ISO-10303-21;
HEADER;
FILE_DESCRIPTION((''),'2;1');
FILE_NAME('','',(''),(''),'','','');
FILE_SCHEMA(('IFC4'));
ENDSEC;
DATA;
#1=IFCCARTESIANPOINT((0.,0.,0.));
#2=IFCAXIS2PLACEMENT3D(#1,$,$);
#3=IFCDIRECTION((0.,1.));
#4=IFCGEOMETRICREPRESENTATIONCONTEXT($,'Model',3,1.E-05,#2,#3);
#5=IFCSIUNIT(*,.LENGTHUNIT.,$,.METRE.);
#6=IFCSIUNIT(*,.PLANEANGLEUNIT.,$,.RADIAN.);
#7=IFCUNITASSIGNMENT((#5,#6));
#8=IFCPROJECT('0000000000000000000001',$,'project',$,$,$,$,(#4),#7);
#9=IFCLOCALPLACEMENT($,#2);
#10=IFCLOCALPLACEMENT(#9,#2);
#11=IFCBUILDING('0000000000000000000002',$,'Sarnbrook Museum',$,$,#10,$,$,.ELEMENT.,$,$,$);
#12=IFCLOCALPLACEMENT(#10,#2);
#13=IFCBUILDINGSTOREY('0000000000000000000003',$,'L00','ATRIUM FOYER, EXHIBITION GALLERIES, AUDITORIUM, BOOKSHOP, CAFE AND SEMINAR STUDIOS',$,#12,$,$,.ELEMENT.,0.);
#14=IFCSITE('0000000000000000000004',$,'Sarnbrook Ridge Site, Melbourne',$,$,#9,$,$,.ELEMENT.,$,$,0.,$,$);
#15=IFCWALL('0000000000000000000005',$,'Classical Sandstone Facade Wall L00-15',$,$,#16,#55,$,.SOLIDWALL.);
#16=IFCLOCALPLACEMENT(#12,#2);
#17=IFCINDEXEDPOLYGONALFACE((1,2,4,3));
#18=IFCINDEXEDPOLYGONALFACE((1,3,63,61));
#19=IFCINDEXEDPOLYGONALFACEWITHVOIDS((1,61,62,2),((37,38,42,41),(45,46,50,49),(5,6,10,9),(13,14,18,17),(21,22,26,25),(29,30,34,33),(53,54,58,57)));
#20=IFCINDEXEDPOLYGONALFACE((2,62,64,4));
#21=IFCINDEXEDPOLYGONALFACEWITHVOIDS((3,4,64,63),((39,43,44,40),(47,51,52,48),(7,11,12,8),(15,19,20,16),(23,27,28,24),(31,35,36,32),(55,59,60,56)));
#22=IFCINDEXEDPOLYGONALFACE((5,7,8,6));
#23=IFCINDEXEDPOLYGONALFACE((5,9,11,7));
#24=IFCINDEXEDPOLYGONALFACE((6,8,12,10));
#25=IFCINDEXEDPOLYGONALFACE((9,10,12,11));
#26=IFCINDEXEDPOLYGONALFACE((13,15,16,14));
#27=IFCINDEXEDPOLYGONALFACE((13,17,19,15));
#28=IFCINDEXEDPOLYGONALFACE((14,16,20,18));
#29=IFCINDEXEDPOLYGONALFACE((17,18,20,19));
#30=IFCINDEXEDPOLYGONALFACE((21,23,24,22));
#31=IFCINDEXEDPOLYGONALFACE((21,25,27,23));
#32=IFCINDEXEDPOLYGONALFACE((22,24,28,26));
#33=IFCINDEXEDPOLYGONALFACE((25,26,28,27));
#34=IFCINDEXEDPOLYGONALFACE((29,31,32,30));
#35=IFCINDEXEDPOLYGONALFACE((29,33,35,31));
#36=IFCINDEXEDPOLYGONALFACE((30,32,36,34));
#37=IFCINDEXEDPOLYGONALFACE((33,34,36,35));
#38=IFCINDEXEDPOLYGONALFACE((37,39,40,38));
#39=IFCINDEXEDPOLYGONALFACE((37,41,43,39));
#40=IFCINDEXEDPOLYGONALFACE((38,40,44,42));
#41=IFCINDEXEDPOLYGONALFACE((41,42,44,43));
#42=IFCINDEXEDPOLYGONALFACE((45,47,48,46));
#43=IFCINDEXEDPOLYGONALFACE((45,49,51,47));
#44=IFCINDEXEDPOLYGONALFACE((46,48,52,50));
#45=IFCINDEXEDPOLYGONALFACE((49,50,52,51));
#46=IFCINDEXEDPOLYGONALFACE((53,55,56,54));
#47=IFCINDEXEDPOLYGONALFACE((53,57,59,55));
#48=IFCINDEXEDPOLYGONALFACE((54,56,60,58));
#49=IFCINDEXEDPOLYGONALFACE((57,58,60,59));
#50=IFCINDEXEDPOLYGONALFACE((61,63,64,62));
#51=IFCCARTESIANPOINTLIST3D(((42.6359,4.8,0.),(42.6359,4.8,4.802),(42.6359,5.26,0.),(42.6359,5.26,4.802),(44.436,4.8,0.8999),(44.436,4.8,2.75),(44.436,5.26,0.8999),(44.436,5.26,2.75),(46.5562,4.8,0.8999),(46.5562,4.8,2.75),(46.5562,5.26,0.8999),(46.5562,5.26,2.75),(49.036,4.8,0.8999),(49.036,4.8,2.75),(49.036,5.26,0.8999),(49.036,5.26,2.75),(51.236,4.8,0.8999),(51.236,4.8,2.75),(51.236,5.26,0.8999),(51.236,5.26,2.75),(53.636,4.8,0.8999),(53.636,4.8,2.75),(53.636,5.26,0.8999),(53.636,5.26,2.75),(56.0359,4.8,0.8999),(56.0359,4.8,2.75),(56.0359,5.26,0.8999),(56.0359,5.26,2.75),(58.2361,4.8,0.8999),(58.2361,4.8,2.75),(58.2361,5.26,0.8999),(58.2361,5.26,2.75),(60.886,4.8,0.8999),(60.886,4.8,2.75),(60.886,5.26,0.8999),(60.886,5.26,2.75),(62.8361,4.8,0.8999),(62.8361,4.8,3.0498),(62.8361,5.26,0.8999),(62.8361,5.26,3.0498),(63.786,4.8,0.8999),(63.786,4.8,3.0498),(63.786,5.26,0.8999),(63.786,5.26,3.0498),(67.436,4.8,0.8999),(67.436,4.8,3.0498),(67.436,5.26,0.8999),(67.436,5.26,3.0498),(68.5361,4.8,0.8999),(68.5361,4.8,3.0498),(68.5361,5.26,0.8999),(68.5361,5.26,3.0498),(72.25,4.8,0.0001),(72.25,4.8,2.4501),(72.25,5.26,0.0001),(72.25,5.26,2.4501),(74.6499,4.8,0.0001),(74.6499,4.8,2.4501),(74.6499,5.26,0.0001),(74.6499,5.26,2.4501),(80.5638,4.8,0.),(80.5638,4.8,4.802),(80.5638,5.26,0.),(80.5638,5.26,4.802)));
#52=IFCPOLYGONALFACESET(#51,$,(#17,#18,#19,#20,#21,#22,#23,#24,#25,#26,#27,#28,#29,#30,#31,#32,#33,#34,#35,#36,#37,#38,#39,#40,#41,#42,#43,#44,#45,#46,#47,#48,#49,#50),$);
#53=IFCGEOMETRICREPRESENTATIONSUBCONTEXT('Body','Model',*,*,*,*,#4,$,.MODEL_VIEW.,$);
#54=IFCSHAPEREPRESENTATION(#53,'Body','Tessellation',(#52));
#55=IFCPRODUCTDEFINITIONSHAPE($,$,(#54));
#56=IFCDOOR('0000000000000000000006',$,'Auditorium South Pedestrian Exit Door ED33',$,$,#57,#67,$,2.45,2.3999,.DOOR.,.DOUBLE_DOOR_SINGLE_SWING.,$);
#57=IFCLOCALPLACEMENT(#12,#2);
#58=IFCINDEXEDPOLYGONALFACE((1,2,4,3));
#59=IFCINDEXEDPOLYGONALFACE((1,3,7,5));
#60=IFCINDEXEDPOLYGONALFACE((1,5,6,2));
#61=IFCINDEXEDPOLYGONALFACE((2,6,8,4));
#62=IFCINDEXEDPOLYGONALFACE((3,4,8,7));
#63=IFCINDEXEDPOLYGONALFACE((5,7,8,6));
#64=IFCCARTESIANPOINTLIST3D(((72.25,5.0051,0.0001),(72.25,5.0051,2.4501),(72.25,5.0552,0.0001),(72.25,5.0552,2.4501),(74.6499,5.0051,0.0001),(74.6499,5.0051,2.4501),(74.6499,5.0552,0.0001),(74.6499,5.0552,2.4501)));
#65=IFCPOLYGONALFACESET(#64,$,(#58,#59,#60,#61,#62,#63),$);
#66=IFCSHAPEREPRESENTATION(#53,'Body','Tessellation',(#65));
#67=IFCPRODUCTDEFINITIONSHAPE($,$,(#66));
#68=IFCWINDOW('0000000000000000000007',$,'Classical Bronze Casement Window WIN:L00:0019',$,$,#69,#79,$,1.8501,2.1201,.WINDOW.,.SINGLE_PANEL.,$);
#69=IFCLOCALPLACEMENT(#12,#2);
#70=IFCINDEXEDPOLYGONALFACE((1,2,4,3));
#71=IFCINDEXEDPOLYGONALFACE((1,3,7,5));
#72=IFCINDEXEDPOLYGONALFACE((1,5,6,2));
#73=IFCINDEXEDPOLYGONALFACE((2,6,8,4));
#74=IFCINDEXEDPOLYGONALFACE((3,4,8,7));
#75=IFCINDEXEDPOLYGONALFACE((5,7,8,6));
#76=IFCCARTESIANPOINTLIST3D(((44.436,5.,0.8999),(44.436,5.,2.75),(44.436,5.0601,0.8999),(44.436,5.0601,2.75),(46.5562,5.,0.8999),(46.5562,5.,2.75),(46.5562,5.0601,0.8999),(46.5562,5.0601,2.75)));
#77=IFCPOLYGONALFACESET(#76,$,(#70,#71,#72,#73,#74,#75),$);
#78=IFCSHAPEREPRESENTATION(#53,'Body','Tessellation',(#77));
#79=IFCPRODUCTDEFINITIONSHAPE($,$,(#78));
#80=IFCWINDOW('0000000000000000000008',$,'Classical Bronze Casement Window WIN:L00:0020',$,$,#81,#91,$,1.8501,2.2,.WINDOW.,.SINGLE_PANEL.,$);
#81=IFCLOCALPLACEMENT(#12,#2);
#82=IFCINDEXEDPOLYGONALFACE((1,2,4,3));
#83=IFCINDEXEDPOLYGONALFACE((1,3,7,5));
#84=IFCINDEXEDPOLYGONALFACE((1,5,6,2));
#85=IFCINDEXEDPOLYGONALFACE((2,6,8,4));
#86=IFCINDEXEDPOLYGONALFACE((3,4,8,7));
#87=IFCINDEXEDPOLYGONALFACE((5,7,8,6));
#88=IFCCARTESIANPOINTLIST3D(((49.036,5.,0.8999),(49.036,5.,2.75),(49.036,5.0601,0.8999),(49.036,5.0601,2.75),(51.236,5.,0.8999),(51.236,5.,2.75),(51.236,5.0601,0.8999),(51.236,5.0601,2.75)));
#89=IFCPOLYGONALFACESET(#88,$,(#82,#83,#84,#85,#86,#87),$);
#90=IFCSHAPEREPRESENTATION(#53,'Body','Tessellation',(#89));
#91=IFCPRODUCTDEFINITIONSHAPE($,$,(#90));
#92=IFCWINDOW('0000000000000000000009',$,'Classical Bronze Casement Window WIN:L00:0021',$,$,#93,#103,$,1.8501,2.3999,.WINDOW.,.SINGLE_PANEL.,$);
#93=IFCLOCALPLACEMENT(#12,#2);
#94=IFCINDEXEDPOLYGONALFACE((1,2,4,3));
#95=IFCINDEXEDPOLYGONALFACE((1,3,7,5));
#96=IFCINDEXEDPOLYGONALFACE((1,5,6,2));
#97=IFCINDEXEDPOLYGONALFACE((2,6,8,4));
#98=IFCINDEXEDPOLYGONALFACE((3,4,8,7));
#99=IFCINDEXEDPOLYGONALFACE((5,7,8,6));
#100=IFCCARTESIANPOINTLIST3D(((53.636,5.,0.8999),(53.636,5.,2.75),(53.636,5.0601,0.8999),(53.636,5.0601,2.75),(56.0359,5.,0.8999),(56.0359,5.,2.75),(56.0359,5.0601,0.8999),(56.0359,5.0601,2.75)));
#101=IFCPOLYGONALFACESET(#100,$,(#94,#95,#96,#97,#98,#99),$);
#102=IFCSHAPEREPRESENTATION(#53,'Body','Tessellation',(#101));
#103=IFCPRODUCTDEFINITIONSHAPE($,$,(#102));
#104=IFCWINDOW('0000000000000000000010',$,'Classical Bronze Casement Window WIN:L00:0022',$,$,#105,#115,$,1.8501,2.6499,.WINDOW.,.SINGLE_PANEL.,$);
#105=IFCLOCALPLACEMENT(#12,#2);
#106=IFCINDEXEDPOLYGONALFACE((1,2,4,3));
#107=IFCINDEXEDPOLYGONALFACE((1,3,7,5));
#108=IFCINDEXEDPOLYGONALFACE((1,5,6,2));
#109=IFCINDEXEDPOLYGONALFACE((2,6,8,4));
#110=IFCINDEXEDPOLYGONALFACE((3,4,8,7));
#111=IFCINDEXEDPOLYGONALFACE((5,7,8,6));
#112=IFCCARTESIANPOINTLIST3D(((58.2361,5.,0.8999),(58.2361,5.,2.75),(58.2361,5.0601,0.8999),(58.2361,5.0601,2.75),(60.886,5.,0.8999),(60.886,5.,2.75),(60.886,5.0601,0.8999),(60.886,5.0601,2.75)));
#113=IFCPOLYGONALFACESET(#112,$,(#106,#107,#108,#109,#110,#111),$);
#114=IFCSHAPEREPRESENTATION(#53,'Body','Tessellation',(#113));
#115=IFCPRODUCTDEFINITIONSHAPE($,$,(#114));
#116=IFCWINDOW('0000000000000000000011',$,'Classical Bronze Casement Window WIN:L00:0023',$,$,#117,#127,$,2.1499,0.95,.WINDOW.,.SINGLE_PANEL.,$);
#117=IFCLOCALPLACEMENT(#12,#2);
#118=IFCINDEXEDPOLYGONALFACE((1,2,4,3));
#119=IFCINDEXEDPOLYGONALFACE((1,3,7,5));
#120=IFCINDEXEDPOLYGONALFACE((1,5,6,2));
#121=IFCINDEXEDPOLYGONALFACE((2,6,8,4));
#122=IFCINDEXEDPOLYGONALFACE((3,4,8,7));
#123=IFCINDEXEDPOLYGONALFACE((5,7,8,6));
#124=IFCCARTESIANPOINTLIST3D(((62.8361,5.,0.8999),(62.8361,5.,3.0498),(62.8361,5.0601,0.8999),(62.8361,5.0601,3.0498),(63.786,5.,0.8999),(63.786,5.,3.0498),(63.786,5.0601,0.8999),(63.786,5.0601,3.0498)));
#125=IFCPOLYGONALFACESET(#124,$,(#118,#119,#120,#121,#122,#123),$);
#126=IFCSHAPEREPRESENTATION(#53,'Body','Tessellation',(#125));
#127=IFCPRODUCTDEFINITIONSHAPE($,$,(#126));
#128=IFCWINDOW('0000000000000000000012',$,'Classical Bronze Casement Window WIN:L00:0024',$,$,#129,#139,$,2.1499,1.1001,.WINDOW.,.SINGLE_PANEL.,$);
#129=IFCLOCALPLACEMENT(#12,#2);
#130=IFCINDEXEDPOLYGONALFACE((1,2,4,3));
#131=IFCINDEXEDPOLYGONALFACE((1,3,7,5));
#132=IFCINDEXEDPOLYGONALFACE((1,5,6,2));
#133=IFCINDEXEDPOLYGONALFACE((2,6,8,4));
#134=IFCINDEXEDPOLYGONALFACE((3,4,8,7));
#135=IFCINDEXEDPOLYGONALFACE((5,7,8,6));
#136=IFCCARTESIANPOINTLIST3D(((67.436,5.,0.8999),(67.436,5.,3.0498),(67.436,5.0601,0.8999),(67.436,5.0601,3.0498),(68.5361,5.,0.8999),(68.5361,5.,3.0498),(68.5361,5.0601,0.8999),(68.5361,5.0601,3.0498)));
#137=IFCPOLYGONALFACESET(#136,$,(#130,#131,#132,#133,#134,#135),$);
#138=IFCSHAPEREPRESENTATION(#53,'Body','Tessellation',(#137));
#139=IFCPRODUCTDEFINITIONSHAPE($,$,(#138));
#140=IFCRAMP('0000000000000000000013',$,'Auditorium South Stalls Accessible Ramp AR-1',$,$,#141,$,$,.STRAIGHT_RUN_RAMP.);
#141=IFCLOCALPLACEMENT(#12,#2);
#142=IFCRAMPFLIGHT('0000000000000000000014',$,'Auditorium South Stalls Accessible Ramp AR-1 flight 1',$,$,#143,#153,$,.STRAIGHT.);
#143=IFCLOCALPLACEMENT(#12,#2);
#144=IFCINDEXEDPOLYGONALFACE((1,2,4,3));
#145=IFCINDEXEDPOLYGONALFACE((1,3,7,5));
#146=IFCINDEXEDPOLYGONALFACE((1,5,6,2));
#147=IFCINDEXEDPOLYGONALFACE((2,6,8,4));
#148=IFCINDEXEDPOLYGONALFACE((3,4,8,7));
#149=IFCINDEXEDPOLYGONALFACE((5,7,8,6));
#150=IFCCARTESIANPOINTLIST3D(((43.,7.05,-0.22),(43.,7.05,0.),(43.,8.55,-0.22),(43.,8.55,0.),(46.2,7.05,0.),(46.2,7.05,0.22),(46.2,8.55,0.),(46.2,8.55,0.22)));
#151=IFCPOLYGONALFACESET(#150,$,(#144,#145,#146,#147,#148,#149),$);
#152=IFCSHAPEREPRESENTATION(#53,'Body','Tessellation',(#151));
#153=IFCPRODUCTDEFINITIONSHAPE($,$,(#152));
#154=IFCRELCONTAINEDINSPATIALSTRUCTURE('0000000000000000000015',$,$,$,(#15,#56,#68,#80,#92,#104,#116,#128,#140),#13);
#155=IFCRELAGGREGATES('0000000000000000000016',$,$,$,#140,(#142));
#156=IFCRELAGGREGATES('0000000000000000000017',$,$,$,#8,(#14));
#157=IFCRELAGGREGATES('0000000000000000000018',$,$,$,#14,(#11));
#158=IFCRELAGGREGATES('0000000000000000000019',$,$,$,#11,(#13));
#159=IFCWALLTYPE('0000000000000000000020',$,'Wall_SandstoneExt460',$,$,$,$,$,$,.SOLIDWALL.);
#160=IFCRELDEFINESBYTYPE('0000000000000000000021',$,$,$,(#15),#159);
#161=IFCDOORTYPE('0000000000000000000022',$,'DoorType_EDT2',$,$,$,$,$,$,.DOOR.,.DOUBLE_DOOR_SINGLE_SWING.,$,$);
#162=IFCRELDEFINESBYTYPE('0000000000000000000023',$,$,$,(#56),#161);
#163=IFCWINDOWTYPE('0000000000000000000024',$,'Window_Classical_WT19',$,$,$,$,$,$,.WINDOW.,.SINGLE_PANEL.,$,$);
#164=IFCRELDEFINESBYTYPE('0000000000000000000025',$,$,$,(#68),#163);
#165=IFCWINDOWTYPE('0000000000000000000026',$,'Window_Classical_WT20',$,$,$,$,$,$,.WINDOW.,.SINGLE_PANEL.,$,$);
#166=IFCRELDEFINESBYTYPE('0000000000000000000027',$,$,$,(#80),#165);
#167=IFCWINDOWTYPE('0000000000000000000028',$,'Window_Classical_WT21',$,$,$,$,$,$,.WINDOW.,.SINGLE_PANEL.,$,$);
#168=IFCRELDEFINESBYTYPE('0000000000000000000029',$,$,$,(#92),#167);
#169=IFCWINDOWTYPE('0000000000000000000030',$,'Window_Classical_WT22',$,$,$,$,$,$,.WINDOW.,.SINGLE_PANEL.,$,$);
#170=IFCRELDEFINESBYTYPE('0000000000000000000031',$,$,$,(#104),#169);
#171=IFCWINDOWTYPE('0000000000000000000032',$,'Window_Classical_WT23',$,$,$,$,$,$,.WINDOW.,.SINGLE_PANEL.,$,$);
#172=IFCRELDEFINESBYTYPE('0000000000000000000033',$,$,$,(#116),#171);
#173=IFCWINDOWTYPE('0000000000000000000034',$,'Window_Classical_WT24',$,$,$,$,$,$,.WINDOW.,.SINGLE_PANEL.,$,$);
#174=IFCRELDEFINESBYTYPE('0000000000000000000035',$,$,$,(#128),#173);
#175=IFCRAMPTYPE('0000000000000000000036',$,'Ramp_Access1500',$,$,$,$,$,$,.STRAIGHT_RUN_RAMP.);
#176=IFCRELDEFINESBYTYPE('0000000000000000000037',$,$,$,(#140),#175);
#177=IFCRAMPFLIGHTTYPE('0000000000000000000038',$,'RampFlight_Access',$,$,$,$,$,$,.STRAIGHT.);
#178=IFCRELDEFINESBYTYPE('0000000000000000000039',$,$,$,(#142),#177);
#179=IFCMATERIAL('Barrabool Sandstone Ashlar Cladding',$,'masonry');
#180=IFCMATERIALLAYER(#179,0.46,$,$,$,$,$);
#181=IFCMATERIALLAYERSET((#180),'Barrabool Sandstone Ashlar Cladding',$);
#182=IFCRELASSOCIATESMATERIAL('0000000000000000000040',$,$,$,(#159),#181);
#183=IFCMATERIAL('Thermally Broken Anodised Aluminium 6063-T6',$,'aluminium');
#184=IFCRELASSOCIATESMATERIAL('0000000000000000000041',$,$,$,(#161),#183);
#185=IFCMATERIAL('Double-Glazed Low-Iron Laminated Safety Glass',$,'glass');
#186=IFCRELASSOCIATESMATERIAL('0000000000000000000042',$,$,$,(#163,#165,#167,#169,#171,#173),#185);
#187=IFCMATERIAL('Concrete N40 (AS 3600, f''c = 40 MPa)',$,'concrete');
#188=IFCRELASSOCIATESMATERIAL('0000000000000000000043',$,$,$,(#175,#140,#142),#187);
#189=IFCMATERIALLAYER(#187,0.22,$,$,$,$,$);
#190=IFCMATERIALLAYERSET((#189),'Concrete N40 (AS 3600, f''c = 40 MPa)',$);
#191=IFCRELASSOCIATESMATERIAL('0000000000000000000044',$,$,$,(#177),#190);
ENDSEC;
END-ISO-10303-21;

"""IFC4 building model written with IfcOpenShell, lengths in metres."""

from ifc_helpers import new_model, si_unit, direction, frame, frame_2d, origin, place, context, subcontext, project, spatial, polyline, rectangle, outline, extrude, material, layer, layer_set, type_object, element, fill, aggregate, save


model = new_model("IFC4")

# Units and contexts
model_context = context("Model", 3, precision=1e-05, world=origin(), true_north=direction((0.0, 1.0)))
body_context = subcontext(model_context, "Body", "Model", "MODEL_VIEW")
ifc_project = project(units=[si_unit("LENGTHUNIT", "METRE"), si_unit("PLANEANGLEUNIT", "RADIAN")], contexts=[model_context])

# Site, building, storey
site_placement = place(None, origin())
site = spatial("IfcSite", under=ifc_project, at=site_placement, Name="Sarnbrook Ridge Site, Melbourne", CompositionType="ELEMENT", RefElevation=0.0)
building_placement = place(site_placement, origin())
building = spatial("IfcBuilding", under=site, at=building_placement, Name="Sarnbrook Museum", CompositionType="ELEMENT")
storey_placement = place(building_placement, origin())
storey = spatial("IfcBuildingStorey", under=building, at=storey_placement, Name="L00", Description="ATRIUM FOYER, EXHIBITION GALLERIES, AUDITORIUM, BOOKSHOP, CAFE AND SEMINAR STUDIOS", CompositionType="ELEMENT", Elevation=0.0)

# Wall, openings, door, windows
ifc_material_1 = material(Name="Barrabool Sandstone Ashlar Cladding", Category="masonry")
ifc_layer_1 = layer(ifc_material_1, 0.46)
ifc_layer_set_1 = layer_set([ifc_layer_1], Name="Barrabool Sandstone Ashlar Cladding")
wall_type_1 = type_object("IfcWallType", Name="Wall_SandstoneExt460", PredefinedType="SOLIDWALL", material=ifc_layer_set_1)
wall_1_placement = place(storey_placement, frame((42.636, 5.03, 0.0), z_axis=(0.0, 0.0, 1.0), x_axis=(1.0, 0.0, 0.0)))
wall_1 = element("IfcWall", 1, at=wall_1_placement, inside=storey, type_object=wall_type_1, Name="Classical Sandstone Facade Wall L00-15", PredefinedType="SOLIDWALL", context=body_context, shape_type="SweptSolid", body=[
    extrude(rectangle(XDim=37.928, YDim=0.46, at=frame_2d((18.9639, 0.0))), origin(), (0.0, 0.0, 1.0), 4.802),
])
opening_1_placement = place(wall_1_placement, frame((29.614, 0.0, 0.0)))
opening_1 = element("IfcOpeningElement", 2, at=opening_1_placement, cuts=wall_1, PredefinedType="OPENING", context=body_context, shape_type="SweptSolid", body=[
    extrude(rectangle(XDim=2.3999, YDim=2.45, at=frame_2d((1.2, 1.2251))), frame((0.0, 0.24, 0.0), z_axis=(0.0, -1.0, 0.0), x_axis=(1.0, 0.0, 0.0)), (0.0, 0.0, 1.0), 0.48),
])
opening_2_placement = place(wall_1_placement, frame((1.8, 0.0, 0.8999)))
opening_2 = element("IfcOpeningElement", 3, at=opening_2_placement, cuts=wall_1, PredefinedType="OPENING", context=body_context, shape_type="SweptSolid", body=[
    extrude(rectangle(XDim=2.1201, YDim=1.8501, at=frame_2d((1.0601, 0.925))), frame((0.0, 0.24, 0.0), z_axis=(0.0, -1.0, 0.0), x_axis=(1.0, 0.0, 0.0)), (0.0, 0.0, 1.0), 0.48),
])
opening_3_placement = place(wall_1_placement, frame((6.3999, 0.0, 0.8999)))
opening_3 = element("IfcOpeningElement", 4, at=opening_3_placement, cuts=wall_1, PredefinedType="OPENING", context=body_context, shape_type="SweptSolid", body=[
    extrude(rectangle(XDim=2.2, YDim=1.8501, at=frame_2d((1.1001, 0.925))), frame((0.0, 0.24, 0.0), z_axis=(0.0, -1.0, 0.0), x_axis=(1.0, 0.0, 0.0)), (0.0, 0.0, 1.0), 0.48),
])
opening_4_placement = place(wall_1_placement, frame((11.0, 0.0, 0.8999)))
opening_4 = element("IfcOpeningElement", 5, at=opening_4_placement, cuts=wall_1, PredefinedType="OPENING", context=body_context, shape_type="SweptSolid", body=[
    extrude(rectangle(XDim=2.3999, YDim=1.8501, at=frame_2d((1.2, 0.925))), frame((0.0, 0.24, 0.0), z_axis=(0.0, -1.0, 0.0), x_axis=(1.0, 0.0, 0.0)), (0.0, 0.0, 1.0), 0.48),
])
opening_5_placement = place(wall_1_placement, frame((15.6001, 0.0, 0.8999)))
opening_5 = element("IfcOpeningElement", 6, at=opening_5_placement, cuts=wall_1, PredefinedType="OPENING", context=body_context, shape_type="SweptSolid", body=[
    extrude(rectangle(XDim=2.6499, YDim=1.8501, at=frame_2d((1.325, 0.925))), frame((0.0, 0.24, 0.0), z_axis=(0.0, -1.0, 0.0), x_axis=(1.0, 0.0, 0.0)), (0.0, 0.0, 1.0), 0.48),
])
opening_6_placement = place(wall_1_placement, frame((20.2, 0.0, 0.8999)))
opening_6 = element("IfcOpeningElement", 7, at=opening_6_placement, cuts=wall_1, PredefinedType="OPENING", context=body_context, shape_type="SweptSolid", body=[
    extrude(rectangle(XDim=0.95, YDim=2.1499, at=frame_2d((0.4751, 1.075))), frame((0.0, 0.24, 0.0), z_axis=(0.0, -1.0, 0.0), x_axis=(1.0, 0.0, 0.0)), (0.0, 0.0, 1.0), 0.48),
])
opening_7_placement = place(wall_1_placement, frame((24.8, 0.0, 0.8999)))
opening_7 = element("IfcOpeningElement", 8, at=opening_7_placement, cuts=wall_1, PredefinedType="OPENING", context=body_context, shape_type="SweptSolid", body=[
    extrude(rectangle(XDim=1.1001, YDim=2.1499, at=frame_2d((0.55, 1.075))), frame((0.0, 0.24, 0.0), z_axis=(0.0, -1.0, 0.0), x_axis=(1.0, 0.0, 0.0)), (0.0, 0.0, 1.0), 0.48),
])
ifc_material_2 = material(Name="Thermally Broken Anodised Aluminium 6063-T6", Category="aluminium")
door_type = type_object("IfcDoorType", Name="DoorType_EDT2", OperationType="DOUBLE_DOOR_SINGLE_SWING", PredefinedType="DOOR", material=ifc_material_2)
door_placement = place(opening_1_placement, frame((2.3999, 0.0, 0.0), z_axis=(0.0, 0.0, 1.0), x_axis=(-1.0, 0.0, 0.0)))
door = element("IfcDoor", 9, at=door_placement, inside=storey, type_object=door_type, Name="Auditorium South Pedestrian Exit Door ED33", OperationType="DOUBLE_DOOR_SINGLE_SWING", OverallHeight=2.45, OverallWidth=2.3999, PredefinedType="DOOR", context=body_context, shape_type="SweptSolid", body=[
    extrude(rectangle(XDim=2.3999, YDim=2.45, at=frame_2d((1.2, 1.2251))), frame((0.0, 0.0249, 0.0), z_axis=(0.0, -1.0, 0.0), x_axis=(1.0, 0.0, 0.0)), (0.0, 0.0, 1.0), 0.05),
])
fill(opening_1, door)
ifc_material_3 = material(Name="Double-Glazed Low-Iron Laminated Safety Glass", Category="glass")
window_type_1 = type_object("IfcWindowType", Name="Window_Classical_WT19", PartitioningType="SINGLE_PANEL", PredefinedType="WINDOW", material=ifc_material_3)
window_1_placement = place(opening_2_placement, origin())
window_1 = element("IfcWindow", 10, at=window_1_placement, inside=storey, type_object=window_type_1, Name="Classical Bronze Casement Window WIN:L00:0019", OverallHeight=1.8501, OverallWidth=2.1201, PartitioningType="SINGLE_PANEL", PredefinedType="WINDOW", context=body_context, shape_type="SweptSolid", body=[
    extrude(rectangle(XDim=2.1201, YDim=1.8501, at=frame_2d((1.0601, 0.925))), frame((0.0, 0.03, 0.0), z_axis=(0.0, -1.0, 0.0), x_axis=(1.0, 0.0, 0.0)), (0.0, 0.0, 1.0), 0.0601),
])
fill(opening_2, window_1)
window_type_2 = type_object("IfcWindowType", Name="Window_Classical_WT20", PartitioningType="SINGLE_PANEL", PredefinedType="WINDOW", material=ifc_material_3)
window_2_placement = place(opening_3_placement, origin())
window_2 = element("IfcWindow", 11, at=window_2_placement, inside=storey, type_object=window_type_2, Name="Classical Bronze Casement Window WIN:L00:0020", OverallHeight=1.8501, OverallWidth=2.2, PartitioningType="SINGLE_PANEL", PredefinedType="WINDOW", context=body_context, shape_type="SweptSolid", body=[
    extrude(rectangle(XDim=2.2, YDim=1.8501, at=frame_2d((1.1001, 0.925))), frame((0.0, 0.03, 0.0), z_axis=(0.0, -1.0, 0.0), x_axis=(1.0, 0.0, 0.0)), (0.0, 0.0, 1.0), 0.0601),
])
fill(opening_3, window_2)
window_type_3 = type_object("IfcWindowType", Name="Window_Classical_WT21", PartitioningType="SINGLE_PANEL", PredefinedType="WINDOW", material=ifc_material_3)
window_3_placement = place(opening_4_placement, origin())
window_3 = element("IfcWindow", 12, at=window_3_placement, inside=storey, type_object=window_type_3, Name="Classical Bronze Casement Window WIN:L00:0021", OverallHeight=1.8501, OverallWidth=2.3999, PartitioningType="SINGLE_PANEL", PredefinedType="WINDOW", context=body_context, shape_type="SweptSolid", body=[
    extrude(rectangle(XDim=2.3999, YDim=1.8501, at=frame_2d((1.2, 0.925))), frame((0.0, 0.03, 0.0), z_axis=(0.0, -1.0, 0.0), x_axis=(1.0, 0.0, 0.0)), (0.0, 0.0, 1.0), 0.0601),
])
fill(opening_4, window_3)
window_type_4 = type_object("IfcWindowType", Name="Window_Classical_WT22", PartitioningType="SINGLE_PANEL", PredefinedType="WINDOW", material=ifc_material_3)
window_4_placement = place(opening_5_placement, origin())
window_4 = element("IfcWindow", 13, at=window_4_placement, inside=storey, type_object=window_type_4, Name="Classical Bronze Casement Window WIN:L00:0022", OverallHeight=1.8501, OverallWidth=2.6499, PartitioningType="SINGLE_PANEL", PredefinedType="WINDOW", context=body_context, shape_type="SweptSolid", body=[
    extrude(rectangle(XDim=2.6499, YDim=1.8501, at=frame_2d((1.325, 0.925))), frame((0.0, 0.03, 0.0), z_axis=(0.0, -1.0, 0.0), x_axis=(1.0, 0.0, 0.0)), (0.0, 0.0, 1.0), 0.0601),
])
fill(opening_5, window_4)
window_type_5 = type_object("IfcWindowType", Name="Window_Classical_WT23", PartitioningType="SINGLE_PANEL", PredefinedType="WINDOW", material=ifc_material_3)
window_5_placement = place(opening_6_placement, origin())
window_5 = element("IfcWindow", 14, at=window_5_placement, inside=storey, type_object=window_type_5, Name="Classical Bronze Casement Window WIN:L00:0023", OverallHeight=2.1499, OverallWidth=0.95, PartitioningType="SINGLE_PANEL", PredefinedType="WINDOW", context=body_context, shape_type="SweptSolid", body=[
    extrude(rectangle(XDim=0.95, YDim=2.1499, at=frame_2d((0.4751, 1.075))), frame((0.0, 0.03, 0.0), z_axis=(0.0, -1.0, 0.0), x_axis=(1.0, 0.0, 0.0)), (0.0, 0.0, 1.0), 0.0601),
])
fill(opening_6, window_5)
window_type_6 = type_object("IfcWindowType", Name="Window_Classical_WT24", PartitioningType="SINGLE_PANEL", PredefinedType="WINDOW", material=ifc_material_3)
window_6_placement = place(opening_7_placement, origin())
window_6 = element("IfcWindow", 15, at=window_6_placement, inside=storey, type_object=window_type_6, Name="Classical Bronze Casement Window WIN:L00:0024", OverallHeight=2.1499, OverallWidth=1.1001, PartitioningType="SINGLE_PANEL", PredefinedType="WINDOW", context=body_context, shape_type="SweptSolid", body=[
    extrude(rectangle(XDim=1.1001, YDim=2.1499, at=frame_2d((0.55, 1.075))), frame((0.0, 0.03, 0.0), z_axis=(0.0, -1.0, 0.0), x_axis=(1.0, 0.0, 0.0)), (0.0, 0.0, 1.0), 0.0601),
])
fill(opening_7, window_6)

# Ramp, ramp flight
ifc_material_4 = material(Name="Concrete N40 (AS 3600, f'c = 40 MPa)", Category="concrete")
ramp_type = type_object("IfcRampType", Name="Ramp_Access1500", PredefinedType="STRAIGHT_RUN_RAMP", material=ifc_material_4)
ramp_placement = place(storey_placement, origin())
ramp = element("IfcRamp", 16, at=ramp_placement, inside=storey, type_object=ramp_type, material=ifc_material_4, Name="Auditorium South Stalls Accessible Ramp AR-1", PredefinedType="STRAIGHT_RUN_RAMP")
ifc_layer_2 = layer(ifc_material_4, 0.22)
ifc_layer_set_2 = layer_set([ifc_layer_2], Name="Concrete N40 (AS 3600, f'c = 40 MPa)")
ramp_flight_type = type_object("IfcRampFlightType", Name="RampFlight_Access", PredefinedType="STRAIGHT", material=ifc_layer_set_2)
ramp_flight_placement = place(storey_placement, frame((43.0, 7.8, 0.0), z_axis=(0.0, 0.0, 1.0), x_axis=(1.0, 0.0, 0.0)))
ramp_flight = element("IfcRampFlight", 17, at=ramp_flight_placement, type_object=ramp_flight_type, material=ifc_material_4, Name="Auditorium South Stalls Accessible Ramp AR-1 flight 1", PredefinedType="STRAIGHT", context=body_context, shape_type="SweptSolid", body=[
    extrude(outline(polyline([(0.0, 0.0), (3.2, 0.22), (3.2, 0.0), (0.0, -0.22), (0.0, 0.0)])), frame((0.0, 0.75, 0.0), z_axis=(0.0, -1.0, 0.0), x_axis=(1.0, 0.0, 0.0)), (0.0, 0.0, 1.0), 1.5),
])
aggregate(ramp, [ramp_flight])

save(model, "model.ifc")
